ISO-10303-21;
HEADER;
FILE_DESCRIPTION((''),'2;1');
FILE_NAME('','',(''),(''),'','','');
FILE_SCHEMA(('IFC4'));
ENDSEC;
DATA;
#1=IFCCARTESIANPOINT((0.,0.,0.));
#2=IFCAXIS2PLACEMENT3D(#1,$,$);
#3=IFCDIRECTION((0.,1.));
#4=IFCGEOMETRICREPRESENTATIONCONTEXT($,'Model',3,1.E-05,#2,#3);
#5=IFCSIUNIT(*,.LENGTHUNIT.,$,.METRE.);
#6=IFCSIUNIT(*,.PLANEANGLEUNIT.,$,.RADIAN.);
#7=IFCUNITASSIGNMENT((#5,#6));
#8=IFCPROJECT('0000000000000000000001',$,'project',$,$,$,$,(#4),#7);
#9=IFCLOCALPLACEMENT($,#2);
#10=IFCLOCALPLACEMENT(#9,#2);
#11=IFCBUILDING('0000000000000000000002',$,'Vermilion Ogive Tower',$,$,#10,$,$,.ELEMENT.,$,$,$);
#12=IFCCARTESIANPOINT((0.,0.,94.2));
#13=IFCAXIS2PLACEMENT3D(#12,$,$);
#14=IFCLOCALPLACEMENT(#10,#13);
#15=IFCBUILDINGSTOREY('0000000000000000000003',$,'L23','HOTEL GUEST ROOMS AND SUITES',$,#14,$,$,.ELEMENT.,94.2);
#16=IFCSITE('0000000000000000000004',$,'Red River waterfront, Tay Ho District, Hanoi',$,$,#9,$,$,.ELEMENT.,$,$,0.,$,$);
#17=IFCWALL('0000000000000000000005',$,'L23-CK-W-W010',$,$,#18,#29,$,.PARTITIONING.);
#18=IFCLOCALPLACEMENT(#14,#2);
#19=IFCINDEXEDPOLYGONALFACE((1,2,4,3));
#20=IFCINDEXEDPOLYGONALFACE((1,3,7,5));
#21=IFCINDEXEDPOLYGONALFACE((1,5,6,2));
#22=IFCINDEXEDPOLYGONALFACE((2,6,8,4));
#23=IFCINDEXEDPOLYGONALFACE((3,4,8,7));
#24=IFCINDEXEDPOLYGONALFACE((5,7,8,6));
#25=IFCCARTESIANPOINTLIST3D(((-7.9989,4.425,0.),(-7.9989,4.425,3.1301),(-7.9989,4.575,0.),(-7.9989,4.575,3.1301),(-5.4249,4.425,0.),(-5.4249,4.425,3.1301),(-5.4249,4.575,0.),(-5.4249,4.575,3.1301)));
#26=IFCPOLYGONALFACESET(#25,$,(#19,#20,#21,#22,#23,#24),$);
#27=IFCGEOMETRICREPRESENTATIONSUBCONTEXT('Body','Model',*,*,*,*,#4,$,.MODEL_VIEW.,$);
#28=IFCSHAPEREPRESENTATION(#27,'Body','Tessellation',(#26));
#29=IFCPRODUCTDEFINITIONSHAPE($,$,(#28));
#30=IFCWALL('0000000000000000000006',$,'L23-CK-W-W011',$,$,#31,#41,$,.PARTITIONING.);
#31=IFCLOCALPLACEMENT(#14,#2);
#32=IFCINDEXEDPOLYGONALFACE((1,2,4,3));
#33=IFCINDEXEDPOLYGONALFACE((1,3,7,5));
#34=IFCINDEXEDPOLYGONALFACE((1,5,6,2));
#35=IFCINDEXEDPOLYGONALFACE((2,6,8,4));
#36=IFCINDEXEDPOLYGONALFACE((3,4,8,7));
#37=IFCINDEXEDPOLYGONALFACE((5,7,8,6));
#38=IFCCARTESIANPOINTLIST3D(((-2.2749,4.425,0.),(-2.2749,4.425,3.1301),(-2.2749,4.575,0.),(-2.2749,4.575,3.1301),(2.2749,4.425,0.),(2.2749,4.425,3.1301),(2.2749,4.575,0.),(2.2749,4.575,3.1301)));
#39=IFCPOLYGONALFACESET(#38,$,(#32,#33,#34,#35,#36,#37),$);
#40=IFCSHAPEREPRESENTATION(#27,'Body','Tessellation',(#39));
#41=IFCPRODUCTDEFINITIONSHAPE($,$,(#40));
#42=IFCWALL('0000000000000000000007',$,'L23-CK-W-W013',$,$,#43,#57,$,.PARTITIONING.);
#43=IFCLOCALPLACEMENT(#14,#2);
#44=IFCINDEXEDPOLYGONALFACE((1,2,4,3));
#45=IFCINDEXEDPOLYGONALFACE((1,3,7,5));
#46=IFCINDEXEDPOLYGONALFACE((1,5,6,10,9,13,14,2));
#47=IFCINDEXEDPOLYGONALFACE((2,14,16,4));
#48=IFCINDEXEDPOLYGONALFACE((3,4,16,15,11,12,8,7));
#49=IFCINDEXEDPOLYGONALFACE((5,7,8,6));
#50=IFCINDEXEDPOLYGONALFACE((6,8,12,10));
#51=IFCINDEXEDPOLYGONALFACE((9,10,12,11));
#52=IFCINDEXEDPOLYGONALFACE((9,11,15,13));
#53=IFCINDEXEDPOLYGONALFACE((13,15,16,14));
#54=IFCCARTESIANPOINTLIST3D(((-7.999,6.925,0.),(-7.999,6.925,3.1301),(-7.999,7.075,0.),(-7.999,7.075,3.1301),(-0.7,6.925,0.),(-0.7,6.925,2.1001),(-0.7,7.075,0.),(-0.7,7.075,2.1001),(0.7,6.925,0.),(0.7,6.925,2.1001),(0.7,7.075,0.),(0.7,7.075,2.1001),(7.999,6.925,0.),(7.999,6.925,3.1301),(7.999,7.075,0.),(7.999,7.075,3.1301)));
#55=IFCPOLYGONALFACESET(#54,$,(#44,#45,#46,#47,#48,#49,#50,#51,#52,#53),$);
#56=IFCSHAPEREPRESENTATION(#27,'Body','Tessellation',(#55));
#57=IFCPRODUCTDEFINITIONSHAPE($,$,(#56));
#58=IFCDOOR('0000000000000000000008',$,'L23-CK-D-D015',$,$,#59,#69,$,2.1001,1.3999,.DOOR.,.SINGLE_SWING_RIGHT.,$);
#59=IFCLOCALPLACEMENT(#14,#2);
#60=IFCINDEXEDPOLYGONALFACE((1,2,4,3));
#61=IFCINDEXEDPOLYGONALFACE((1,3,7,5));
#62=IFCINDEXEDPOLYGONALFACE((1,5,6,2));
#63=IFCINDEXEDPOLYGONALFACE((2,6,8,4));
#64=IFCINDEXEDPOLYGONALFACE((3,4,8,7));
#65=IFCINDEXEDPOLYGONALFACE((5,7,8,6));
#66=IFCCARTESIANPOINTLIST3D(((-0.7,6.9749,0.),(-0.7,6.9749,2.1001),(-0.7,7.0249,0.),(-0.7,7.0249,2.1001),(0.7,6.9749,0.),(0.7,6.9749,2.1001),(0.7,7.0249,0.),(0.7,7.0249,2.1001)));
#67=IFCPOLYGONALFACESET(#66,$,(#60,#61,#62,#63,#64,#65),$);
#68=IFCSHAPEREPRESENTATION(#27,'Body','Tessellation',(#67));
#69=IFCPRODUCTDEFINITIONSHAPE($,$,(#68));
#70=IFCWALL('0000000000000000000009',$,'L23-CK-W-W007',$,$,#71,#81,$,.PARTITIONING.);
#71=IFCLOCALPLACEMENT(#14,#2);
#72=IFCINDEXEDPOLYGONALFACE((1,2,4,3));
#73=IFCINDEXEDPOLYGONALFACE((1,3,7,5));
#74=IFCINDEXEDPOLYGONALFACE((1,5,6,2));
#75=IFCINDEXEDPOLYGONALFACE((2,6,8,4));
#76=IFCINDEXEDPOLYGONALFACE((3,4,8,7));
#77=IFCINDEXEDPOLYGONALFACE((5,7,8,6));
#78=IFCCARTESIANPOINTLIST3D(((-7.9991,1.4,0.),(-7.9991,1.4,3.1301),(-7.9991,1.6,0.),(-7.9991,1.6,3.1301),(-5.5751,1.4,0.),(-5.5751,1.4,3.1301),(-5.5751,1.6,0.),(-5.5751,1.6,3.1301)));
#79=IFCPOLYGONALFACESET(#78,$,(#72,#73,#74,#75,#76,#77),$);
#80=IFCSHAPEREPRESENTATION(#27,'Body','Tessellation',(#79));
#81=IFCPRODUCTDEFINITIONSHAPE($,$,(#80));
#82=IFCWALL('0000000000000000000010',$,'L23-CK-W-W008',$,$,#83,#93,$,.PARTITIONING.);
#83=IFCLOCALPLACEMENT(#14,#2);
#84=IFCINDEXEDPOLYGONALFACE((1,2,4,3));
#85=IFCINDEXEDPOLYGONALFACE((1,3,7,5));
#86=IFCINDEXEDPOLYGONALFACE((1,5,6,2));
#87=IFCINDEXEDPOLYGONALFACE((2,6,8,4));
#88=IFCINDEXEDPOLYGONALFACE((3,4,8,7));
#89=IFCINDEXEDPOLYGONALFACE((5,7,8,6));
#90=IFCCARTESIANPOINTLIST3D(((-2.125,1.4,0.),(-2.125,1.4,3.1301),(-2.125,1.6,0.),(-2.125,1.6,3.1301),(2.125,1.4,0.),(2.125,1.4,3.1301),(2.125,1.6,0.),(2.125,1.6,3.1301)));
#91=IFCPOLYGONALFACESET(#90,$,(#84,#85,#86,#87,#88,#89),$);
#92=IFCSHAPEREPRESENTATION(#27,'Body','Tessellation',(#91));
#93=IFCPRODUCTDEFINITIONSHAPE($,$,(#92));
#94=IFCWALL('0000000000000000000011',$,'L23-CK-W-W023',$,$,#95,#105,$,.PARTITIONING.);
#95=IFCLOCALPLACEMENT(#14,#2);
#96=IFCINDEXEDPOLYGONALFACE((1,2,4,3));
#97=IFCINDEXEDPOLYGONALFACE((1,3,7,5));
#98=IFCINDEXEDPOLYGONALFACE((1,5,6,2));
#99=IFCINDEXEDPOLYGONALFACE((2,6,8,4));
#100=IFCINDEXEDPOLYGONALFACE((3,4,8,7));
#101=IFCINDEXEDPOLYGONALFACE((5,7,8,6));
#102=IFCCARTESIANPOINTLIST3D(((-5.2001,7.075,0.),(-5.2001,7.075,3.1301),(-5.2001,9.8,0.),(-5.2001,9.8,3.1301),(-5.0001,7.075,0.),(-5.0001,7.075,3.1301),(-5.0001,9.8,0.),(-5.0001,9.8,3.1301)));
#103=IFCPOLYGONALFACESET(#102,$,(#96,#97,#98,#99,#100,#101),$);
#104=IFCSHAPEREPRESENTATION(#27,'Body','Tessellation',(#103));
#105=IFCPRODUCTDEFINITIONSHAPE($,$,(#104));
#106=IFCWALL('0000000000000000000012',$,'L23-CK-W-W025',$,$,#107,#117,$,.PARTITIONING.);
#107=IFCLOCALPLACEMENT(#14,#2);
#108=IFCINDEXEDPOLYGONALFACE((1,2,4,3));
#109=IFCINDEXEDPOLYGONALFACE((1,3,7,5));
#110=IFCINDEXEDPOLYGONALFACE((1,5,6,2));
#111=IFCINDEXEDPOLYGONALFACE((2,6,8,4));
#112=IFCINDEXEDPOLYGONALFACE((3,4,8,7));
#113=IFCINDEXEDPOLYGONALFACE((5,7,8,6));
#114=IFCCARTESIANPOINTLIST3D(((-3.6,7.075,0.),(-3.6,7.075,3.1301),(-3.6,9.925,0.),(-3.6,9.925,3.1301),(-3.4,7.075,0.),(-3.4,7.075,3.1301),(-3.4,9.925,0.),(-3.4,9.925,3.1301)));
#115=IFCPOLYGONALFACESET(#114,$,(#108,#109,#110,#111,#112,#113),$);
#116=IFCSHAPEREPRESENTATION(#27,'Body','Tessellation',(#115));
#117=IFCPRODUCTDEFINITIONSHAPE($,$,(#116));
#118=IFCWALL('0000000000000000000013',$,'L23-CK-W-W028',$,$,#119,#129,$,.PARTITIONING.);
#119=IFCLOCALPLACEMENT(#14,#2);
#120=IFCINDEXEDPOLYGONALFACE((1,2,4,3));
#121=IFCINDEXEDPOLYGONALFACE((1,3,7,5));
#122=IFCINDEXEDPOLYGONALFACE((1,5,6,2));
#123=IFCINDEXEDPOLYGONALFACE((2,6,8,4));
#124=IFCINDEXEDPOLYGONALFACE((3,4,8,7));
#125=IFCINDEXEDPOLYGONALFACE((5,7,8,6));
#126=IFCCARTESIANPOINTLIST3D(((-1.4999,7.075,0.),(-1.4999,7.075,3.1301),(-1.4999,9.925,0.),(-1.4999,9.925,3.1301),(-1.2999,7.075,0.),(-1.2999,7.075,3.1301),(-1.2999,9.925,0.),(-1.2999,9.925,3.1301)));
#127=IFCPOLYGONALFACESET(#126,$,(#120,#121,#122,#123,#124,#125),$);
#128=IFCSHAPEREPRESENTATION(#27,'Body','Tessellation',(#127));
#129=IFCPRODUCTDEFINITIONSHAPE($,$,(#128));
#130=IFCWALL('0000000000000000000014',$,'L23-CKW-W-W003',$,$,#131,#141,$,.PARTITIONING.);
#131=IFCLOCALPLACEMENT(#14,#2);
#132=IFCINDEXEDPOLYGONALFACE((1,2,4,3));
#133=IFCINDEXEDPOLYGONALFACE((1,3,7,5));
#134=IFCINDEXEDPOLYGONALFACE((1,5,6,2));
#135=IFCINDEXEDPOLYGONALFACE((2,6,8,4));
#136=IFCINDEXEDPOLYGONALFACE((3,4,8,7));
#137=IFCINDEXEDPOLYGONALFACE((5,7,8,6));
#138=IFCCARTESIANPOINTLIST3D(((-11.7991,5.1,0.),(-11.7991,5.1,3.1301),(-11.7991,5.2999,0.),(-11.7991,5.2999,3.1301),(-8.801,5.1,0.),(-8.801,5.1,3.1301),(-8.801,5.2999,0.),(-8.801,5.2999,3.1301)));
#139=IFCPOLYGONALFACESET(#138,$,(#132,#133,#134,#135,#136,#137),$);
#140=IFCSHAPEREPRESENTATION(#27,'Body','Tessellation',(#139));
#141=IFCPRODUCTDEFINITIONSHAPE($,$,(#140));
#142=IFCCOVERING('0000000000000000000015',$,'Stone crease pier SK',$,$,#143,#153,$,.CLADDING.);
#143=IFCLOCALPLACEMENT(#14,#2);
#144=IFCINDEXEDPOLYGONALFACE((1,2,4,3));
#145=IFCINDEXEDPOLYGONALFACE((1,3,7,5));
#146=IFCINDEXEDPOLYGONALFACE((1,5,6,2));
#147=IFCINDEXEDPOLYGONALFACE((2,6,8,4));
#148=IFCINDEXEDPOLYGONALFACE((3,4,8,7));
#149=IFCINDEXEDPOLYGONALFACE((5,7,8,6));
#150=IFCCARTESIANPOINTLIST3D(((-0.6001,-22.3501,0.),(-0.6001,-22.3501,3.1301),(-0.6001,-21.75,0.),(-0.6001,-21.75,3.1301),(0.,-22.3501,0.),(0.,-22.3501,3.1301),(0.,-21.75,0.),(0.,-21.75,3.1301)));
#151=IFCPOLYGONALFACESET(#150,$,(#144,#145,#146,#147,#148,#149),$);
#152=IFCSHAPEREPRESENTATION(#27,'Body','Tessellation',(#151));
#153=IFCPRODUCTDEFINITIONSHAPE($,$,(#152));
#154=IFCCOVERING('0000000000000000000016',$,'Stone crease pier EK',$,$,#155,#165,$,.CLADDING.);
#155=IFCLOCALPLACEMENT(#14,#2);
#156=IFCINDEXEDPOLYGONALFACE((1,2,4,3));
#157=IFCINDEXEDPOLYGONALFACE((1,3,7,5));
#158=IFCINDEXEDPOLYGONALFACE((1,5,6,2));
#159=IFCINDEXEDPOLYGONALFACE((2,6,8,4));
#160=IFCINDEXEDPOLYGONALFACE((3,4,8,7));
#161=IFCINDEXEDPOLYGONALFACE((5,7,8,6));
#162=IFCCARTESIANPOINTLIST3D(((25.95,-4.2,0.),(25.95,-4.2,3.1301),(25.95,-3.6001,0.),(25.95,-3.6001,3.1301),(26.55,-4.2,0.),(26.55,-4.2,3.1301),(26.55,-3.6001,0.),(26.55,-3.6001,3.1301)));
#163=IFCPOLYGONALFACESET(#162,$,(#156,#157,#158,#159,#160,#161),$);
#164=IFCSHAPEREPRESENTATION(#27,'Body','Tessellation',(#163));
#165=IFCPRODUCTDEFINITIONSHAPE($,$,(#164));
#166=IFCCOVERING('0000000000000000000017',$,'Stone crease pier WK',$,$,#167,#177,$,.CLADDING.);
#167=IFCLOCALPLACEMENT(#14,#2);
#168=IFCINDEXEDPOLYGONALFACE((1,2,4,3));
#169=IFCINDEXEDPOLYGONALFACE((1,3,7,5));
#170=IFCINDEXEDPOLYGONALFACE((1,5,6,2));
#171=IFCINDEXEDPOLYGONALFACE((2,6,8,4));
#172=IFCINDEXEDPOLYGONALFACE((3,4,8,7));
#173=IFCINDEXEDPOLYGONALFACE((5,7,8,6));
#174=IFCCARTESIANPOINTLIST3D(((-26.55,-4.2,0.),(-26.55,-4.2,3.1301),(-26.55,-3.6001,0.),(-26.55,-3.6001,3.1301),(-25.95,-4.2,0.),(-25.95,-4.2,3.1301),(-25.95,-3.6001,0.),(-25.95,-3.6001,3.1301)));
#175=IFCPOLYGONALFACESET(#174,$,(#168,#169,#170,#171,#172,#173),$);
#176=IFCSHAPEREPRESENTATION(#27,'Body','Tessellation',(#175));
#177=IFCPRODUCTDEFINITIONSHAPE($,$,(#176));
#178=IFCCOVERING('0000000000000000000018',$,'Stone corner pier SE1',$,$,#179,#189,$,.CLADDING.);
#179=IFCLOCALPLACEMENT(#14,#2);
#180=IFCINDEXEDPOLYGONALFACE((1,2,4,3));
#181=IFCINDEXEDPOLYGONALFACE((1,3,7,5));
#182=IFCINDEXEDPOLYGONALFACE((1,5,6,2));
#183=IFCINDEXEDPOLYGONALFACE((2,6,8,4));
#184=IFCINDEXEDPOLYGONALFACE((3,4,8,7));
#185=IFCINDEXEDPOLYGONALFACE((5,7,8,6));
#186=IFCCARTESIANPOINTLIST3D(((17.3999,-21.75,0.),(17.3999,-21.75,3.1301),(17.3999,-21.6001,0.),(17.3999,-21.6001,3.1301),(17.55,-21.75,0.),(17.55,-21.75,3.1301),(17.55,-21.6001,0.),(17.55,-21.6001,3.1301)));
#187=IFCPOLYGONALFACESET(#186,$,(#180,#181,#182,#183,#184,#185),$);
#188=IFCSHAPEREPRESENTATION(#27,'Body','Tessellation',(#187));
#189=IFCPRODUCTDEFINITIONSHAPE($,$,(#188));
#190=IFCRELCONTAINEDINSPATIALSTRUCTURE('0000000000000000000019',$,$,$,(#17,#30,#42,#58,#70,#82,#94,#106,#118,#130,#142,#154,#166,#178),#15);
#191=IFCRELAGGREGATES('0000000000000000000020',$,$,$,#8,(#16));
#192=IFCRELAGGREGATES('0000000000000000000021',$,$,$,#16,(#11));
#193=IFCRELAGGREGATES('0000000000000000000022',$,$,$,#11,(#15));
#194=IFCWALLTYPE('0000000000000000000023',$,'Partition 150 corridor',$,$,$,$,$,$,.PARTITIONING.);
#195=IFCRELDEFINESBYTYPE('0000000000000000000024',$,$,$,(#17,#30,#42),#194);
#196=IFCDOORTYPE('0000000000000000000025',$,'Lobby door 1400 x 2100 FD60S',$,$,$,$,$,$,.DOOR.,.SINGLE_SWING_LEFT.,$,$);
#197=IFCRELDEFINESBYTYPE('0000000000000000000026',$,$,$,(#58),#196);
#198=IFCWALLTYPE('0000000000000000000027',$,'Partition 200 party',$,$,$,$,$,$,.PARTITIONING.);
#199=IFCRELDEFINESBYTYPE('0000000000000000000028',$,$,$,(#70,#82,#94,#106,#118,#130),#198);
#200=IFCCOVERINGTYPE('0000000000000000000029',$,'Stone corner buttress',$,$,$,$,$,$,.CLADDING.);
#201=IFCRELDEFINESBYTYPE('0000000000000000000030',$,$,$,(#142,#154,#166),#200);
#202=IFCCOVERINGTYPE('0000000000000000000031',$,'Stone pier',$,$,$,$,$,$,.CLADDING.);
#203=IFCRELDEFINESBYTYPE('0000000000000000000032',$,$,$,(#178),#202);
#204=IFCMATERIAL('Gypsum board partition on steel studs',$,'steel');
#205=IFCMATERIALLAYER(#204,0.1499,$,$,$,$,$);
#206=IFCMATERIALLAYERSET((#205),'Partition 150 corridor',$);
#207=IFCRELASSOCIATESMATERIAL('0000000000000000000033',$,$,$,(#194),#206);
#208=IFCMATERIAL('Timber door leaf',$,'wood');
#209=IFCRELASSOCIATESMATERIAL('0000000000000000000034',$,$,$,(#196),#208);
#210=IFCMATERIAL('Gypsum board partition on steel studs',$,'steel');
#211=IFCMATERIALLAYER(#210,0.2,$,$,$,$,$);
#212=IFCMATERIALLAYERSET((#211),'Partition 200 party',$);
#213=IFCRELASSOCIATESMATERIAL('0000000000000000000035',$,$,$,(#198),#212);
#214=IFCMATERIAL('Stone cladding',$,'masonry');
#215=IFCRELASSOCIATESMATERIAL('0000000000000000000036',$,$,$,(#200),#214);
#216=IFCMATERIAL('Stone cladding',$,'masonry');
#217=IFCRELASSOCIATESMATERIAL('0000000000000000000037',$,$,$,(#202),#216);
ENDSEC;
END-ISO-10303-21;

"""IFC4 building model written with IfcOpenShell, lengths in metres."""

from ifc_helpers import new_model, si_unit, direction, frame, frame_2d, origin, place, context, subcontext, project, spatial, polyline, rectangle, outline, extrude, material, layer, layer_set, type_object, element, fill, save


model = new_model("IFC4")

# Units and contexts
model_context = context("Model", 3, precision=1e-05, world=origin(), true_north=direction((0.0, 1.0)))
body_context = subcontext(model_context, "Body", "Model", "MODEL_VIEW")
ifc_project = project(units=[si_unit("LENGTHUNIT", "METRE"), si_unit("PLANEANGLEUNIT", "RADIAN")], contexts=[model_context])

# Site, building, storey
site_placement = place(None, origin())
site = spatial("IfcSite", under=ifc_project, at=site_placement, Name="Red River waterfront, Tay Ho District, Hanoi", CompositionType="ELEMENT", RefElevation=0.0)
building_placement = place(site_placement, origin())
building = spatial("IfcBuilding", under=site, at=building_placement, Name="Vermilion Ogive Tower", CompositionType="ELEMENT")
storey_placement = place(building_placement, frame((0.0, 0.0, 94.2)))
storey = spatial("IfcBuildingStorey", under=building, at=storey_placement, Name="L23", Description="HOTEL GUEST ROOMS AND SUITES", CompositionType="ELEMENT", Elevation=94.2)

# Walls
ifc_material_1 = material(Name="Gypsum board partition on steel studs", Category="steel")
ifc_layer_1 = layer(ifc_material_1, 0.1499)
ifc_layer_set_1 = layer_set([ifc_layer_1], Name="Partition 150 corridor")
wall_type_1 = type_object("IfcWallType", Name="Partition 150 corridor", PredefinedType="PARTITIONING", material=ifc_layer_set_1)
wall_1_placement = place(storey_placement, frame((-7.999, 4.5, 0.0), z_axis=(0.0, 0.0, 1.0), x_axis=(1.0, 0.0, 0.0)))
element("IfcWall", 1, at=wall_1_placement, inside=storey, type_object=wall_type_1, Name="L23-CK-W-W010", PredefinedType="PARTITIONING", context=body_context, shape_type="SweptSolid", body=[
    extrude(rectangle(XDim=2.574, YDim=0.1499, at=frame_2d((1.2871, 0.0))), origin(), (0.0, 0.0, 1.0), 3.1301),
])
wall_2_placement = place(storey_placement, frame((-2.2749, 4.5, 0.0), z_axis=(0.0, 0.0, 1.0), x_axis=(1.0, 0.0, 0.0)))
element("IfcWall", 2, at=wall_2_placement, inside=storey, type_object=wall_type_1, Name="L23-CK-W-W011", PredefinedType="PARTITIONING", context=body_context, shape_type="SweptSolid", body=[
    extrude(rectangle(XDim=4.5498, YDim=0.1499, at=frame_2d((2.2749, 0.0))), origin(), (0.0, 0.0, 1.0), 3.1301),
])

# Wall, opening, door
wall_3_placement = place(storey_placement, frame((-7.999, 7.0, 0.0), z_axis=(0.0, 0.0, 1.0), x_axis=(1.0, 0.0, 0.0)))
wall_3 = element("IfcWall", 3, at=wall_3_placement, inside=storey, type_object=wall_type_1, Name="L23-CK-W-W013", PredefinedType="PARTITIONING", context=body_context, shape_type="SweptSolid", body=[
    extrude(rectangle(XDim=15.998, YDim=0.1499, at=frame_2d((7.999, 0.0))), origin(), (0.0, 0.0, 1.0), 3.1301),
])
opening_placement = place(wall_3_placement, frame((7.2991, 0.0, 0.0)))
opening = element("IfcOpeningElement", 4, at=opening_placement, cuts=wall_3, PredefinedType="OPENING", context=body_context, shape_type="SweptSolid", body=[
    extrude(rectangle(XDim=1.3999, YDim=2.1001, at=frame_2d((0.7, 1.05))), frame((0.0, 0.085, 0.0), z_axis=(0.0, -1.0, 0.0), x_axis=(1.0, 0.0, 0.0)), (0.0, 0.0, 1.0), 0.1699),
])
ifc_material_2 = material(Name="Timber door leaf", Category="wood")
door_type = type_object("IfcDoorType", Name="Lobby door 1400 x 2100 FD60S", OperationType="SINGLE_SWING_LEFT", PredefinedType="DOOR", material=ifc_material_2)
door_placement = place(opening_placement, origin())
door = element("IfcDoor", 5, at=door_placement, inside=storey, type_object=door_type, Name="L23-CK-D-D015", OperationType="SINGLE_SWING_RIGHT", OverallHeight=2.1001, OverallWidth=1.3999, PredefinedType="DOOR", context=body_context, shape_type="SweptSolid", body=[
    extrude(rectangle(XDim=1.3999, YDim=2.1001, at=frame_2d((0.7, 1.05))), frame((0.0, 0.0249, 0.0), z_axis=(0.0, -1.0, 0.0), x_axis=(1.0, 0.0, 0.0)), (0.0, 0.0, 1.0), 0.05),
])
fill(opening, door)

# Walls
ifc_material_3 = material(Name="Gypsum board partition on steel studs", Category="steel")
ifc_layer_2 = layer(ifc_material_3, 0.2)
ifc_layer_set_2 = layer_set([ifc_layer_2], Name="Partition 200 party")
wall_type_2 = type_object("IfcWallType", Name="Partition 200 party", PredefinedType="PARTITIONING", material=ifc_layer_set_2)
wall_4_placement = place(storey_placement, frame((-7.999, 1.5, 0.0), z_axis=(0.0, 0.0, 1.0), x_axis=(1.0, 0.0, 0.0)))
element("IfcWall", 6, at=wall_4_placement, inside=storey, type_object=wall_type_2, Name="L23-CK-W-W007", PredefinedType="PARTITIONING", context=body_context, shape_type="SweptSolid", body=[
    extrude(rectangle(XDim=2.4241, YDim=0.2, at=frame_2d((1.2119, 0.0))), origin(), (0.0, 0.0, 1.0), 3.1301),
])
wall_5_placement = place(storey_placement, frame((-2.125, 1.5, 0.0), z_axis=(0.0, 0.0, 1.0), x_axis=(1.0, 0.0, 0.0)))
element("IfcWall", 7, at=wall_5_placement, inside=storey, type_object=wall_type_2, Name="L23-CK-W-W008", PredefinedType="PARTITIONING", context=body_context, shape_type="SweptSolid", body=[
    extrude(rectangle(XDim=4.25, YDim=0.2, at=frame_2d((2.125, 0.0))), origin(), (0.0, 0.0, 1.0), 3.1301),
])
wall_6_placement = place(storey_placement, frame((-5.1001, 7.075, 0.0), z_axis=(0.0, 0.0, 1.0), x_axis=(0.0, 1.0, 0.0)))
element("IfcWall", 8, at=wall_6_placement, inside=storey, type_object=wall_type_2, Name="L23-CK-W-W023", PredefinedType="PARTITIONING", context=body_context, shape_type="SweptSolid", body=[
    extrude(rectangle(XDim=2.7251, YDim=0.2, at=frame_2d((1.3625, 0.0))), origin(), (0.0, 0.0, 1.0), 3.1301),
])
for number, where, z_axis, x_axis, name in (
    (9, (-3.5, 7.075, 0.0), (0.0, 0.0, 1.0), (0.0, 1.0, 0.0), "L23-CK-W-W025"),
    (10, (-1.3999, 7.075, 0.0), (0.0, 0.0, 1.0), (0.0, 1.0, 0.0), "L23-CK-W-W028"),
):
    element("IfcWall", number, at=place(storey_placement, frame(where, z_axis=z_axis, x_axis=x_axis)), inside=storey, type_object=wall_type_2, Name=name, PredefinedType="PARTITIONING", context=body_context, shape_type="SweptSolid", body=[
        extrude(rectangle(XDim=2.8501, YDim=0.2, at=frame_2d((1.425, 0.0))), origin(), (0.0, 0.0, 1.0), 3.1301),
    ])
wall_7_placement = place(storey_placement, frame((-11.7991, 5.2, 0.0), z_axis=(0.0, 0.0, 1.0), x_axis=(1.0, 0.0, 0.0)))
element("IfcWall", 11, at=wall_7_placement, inside=storey, type_object=wall_type_2, Name="L23-CKW-W-W003", PredefinedType="PARTITIONING", context=body_context, shape_type="SweptSolid", body=[
    extrude(rectangle(XDim=2.998, YDim=0.2, at=frame_2d((1.499, 0.0))), origin(), (0.0, 0.0, 1.0), 3.1301),
])

# Coverings
ifc_material_4 = material(Name="Stone cladding", Category="masonry")
covering_type_1 = type_object("IfcCoveringType", Name="Stone corner buttress", PredefinedType="CLADDING", material=ifc_material_4)
covering_1_placement = place(storey_placement, origin())
element("IfcCovering", 12, at=covering_1_placement, inside=storey, type_object=covering_type_1, Name="Stone crease pier SK", PredefinedType="CLADDING", context=body_context, shape_type="SweptSolid", body=[
    extrude(outline(polyline([(-0.6001, -22.3501), (0.0, -22.3501), (0.0, -21.75), (-0.6001, -21.75), (-0.6001, -22.3501)])), origin(), (0.0, 0.0, 1.0), 3.1301),
])
covering_2_placement = place(storey_placement, origin())
element("IfcCovering", 13, at=covering_2_placement, inside=storey, type_object=covering_type_1, Name="Stone crease pier EK", PredefinedType="CLADDING", context=body_context, shape_type="SweptSolid", body=[
    extrude(outline(polyline([(26.55, -4.2), (26.55, -3.6001), (25.95, -3.6001), (25.95, -4.2), (26.55, -4.2)])), origin(), (0.0, 0.0, 1.0), 3.1301),
])
covering_3_placement = place(storey_placement, origin())
element("IfcCovering", 14, at=covering_3_placement, inside=storey, type_object=covering_type_1, Name="Stone crease pier WK", PredefinedType="CLADDING", context=body_context, shape_type="SweptSolid", body=[
    extrude(outline(polyline([(-26.55, -3.6001), (-26.55, -4.2), (-25.95, -4.2), (-25.95, -3.6001), (-26.55, -3.6001)])), origin(), (0.0, 0.0, 1.0), 3.1301),
])
ifc_material_5 = material(Name="Stone cladding", Category="masonry")
covering_type_2 = type_object("IfcCoveringType", Name="Stone pier", PredefinedType="CLADDING", material=ifc_material_5)
covering_4_placement = place(storey_placement, origin())
element("IfcCovering", 15, at=covering_4_placement, inside=storey, type_object=covering_type_2, Name="Stone corner pier SE1", PredefinedType="CLADDING", context=body_context, shape_type="SweptSolid", body=[
    extrude(outline(polyline([(17.3999, -21.75), (17.3999, -21.6001), (17.3999, -21.6001), (17.55, -21.6001), (17.55, -21.75), (17.3999, -21.75)])), origin(), (0.0, 0.0, 1.0), 3.1301),
])

save(model, "model.ifc")
